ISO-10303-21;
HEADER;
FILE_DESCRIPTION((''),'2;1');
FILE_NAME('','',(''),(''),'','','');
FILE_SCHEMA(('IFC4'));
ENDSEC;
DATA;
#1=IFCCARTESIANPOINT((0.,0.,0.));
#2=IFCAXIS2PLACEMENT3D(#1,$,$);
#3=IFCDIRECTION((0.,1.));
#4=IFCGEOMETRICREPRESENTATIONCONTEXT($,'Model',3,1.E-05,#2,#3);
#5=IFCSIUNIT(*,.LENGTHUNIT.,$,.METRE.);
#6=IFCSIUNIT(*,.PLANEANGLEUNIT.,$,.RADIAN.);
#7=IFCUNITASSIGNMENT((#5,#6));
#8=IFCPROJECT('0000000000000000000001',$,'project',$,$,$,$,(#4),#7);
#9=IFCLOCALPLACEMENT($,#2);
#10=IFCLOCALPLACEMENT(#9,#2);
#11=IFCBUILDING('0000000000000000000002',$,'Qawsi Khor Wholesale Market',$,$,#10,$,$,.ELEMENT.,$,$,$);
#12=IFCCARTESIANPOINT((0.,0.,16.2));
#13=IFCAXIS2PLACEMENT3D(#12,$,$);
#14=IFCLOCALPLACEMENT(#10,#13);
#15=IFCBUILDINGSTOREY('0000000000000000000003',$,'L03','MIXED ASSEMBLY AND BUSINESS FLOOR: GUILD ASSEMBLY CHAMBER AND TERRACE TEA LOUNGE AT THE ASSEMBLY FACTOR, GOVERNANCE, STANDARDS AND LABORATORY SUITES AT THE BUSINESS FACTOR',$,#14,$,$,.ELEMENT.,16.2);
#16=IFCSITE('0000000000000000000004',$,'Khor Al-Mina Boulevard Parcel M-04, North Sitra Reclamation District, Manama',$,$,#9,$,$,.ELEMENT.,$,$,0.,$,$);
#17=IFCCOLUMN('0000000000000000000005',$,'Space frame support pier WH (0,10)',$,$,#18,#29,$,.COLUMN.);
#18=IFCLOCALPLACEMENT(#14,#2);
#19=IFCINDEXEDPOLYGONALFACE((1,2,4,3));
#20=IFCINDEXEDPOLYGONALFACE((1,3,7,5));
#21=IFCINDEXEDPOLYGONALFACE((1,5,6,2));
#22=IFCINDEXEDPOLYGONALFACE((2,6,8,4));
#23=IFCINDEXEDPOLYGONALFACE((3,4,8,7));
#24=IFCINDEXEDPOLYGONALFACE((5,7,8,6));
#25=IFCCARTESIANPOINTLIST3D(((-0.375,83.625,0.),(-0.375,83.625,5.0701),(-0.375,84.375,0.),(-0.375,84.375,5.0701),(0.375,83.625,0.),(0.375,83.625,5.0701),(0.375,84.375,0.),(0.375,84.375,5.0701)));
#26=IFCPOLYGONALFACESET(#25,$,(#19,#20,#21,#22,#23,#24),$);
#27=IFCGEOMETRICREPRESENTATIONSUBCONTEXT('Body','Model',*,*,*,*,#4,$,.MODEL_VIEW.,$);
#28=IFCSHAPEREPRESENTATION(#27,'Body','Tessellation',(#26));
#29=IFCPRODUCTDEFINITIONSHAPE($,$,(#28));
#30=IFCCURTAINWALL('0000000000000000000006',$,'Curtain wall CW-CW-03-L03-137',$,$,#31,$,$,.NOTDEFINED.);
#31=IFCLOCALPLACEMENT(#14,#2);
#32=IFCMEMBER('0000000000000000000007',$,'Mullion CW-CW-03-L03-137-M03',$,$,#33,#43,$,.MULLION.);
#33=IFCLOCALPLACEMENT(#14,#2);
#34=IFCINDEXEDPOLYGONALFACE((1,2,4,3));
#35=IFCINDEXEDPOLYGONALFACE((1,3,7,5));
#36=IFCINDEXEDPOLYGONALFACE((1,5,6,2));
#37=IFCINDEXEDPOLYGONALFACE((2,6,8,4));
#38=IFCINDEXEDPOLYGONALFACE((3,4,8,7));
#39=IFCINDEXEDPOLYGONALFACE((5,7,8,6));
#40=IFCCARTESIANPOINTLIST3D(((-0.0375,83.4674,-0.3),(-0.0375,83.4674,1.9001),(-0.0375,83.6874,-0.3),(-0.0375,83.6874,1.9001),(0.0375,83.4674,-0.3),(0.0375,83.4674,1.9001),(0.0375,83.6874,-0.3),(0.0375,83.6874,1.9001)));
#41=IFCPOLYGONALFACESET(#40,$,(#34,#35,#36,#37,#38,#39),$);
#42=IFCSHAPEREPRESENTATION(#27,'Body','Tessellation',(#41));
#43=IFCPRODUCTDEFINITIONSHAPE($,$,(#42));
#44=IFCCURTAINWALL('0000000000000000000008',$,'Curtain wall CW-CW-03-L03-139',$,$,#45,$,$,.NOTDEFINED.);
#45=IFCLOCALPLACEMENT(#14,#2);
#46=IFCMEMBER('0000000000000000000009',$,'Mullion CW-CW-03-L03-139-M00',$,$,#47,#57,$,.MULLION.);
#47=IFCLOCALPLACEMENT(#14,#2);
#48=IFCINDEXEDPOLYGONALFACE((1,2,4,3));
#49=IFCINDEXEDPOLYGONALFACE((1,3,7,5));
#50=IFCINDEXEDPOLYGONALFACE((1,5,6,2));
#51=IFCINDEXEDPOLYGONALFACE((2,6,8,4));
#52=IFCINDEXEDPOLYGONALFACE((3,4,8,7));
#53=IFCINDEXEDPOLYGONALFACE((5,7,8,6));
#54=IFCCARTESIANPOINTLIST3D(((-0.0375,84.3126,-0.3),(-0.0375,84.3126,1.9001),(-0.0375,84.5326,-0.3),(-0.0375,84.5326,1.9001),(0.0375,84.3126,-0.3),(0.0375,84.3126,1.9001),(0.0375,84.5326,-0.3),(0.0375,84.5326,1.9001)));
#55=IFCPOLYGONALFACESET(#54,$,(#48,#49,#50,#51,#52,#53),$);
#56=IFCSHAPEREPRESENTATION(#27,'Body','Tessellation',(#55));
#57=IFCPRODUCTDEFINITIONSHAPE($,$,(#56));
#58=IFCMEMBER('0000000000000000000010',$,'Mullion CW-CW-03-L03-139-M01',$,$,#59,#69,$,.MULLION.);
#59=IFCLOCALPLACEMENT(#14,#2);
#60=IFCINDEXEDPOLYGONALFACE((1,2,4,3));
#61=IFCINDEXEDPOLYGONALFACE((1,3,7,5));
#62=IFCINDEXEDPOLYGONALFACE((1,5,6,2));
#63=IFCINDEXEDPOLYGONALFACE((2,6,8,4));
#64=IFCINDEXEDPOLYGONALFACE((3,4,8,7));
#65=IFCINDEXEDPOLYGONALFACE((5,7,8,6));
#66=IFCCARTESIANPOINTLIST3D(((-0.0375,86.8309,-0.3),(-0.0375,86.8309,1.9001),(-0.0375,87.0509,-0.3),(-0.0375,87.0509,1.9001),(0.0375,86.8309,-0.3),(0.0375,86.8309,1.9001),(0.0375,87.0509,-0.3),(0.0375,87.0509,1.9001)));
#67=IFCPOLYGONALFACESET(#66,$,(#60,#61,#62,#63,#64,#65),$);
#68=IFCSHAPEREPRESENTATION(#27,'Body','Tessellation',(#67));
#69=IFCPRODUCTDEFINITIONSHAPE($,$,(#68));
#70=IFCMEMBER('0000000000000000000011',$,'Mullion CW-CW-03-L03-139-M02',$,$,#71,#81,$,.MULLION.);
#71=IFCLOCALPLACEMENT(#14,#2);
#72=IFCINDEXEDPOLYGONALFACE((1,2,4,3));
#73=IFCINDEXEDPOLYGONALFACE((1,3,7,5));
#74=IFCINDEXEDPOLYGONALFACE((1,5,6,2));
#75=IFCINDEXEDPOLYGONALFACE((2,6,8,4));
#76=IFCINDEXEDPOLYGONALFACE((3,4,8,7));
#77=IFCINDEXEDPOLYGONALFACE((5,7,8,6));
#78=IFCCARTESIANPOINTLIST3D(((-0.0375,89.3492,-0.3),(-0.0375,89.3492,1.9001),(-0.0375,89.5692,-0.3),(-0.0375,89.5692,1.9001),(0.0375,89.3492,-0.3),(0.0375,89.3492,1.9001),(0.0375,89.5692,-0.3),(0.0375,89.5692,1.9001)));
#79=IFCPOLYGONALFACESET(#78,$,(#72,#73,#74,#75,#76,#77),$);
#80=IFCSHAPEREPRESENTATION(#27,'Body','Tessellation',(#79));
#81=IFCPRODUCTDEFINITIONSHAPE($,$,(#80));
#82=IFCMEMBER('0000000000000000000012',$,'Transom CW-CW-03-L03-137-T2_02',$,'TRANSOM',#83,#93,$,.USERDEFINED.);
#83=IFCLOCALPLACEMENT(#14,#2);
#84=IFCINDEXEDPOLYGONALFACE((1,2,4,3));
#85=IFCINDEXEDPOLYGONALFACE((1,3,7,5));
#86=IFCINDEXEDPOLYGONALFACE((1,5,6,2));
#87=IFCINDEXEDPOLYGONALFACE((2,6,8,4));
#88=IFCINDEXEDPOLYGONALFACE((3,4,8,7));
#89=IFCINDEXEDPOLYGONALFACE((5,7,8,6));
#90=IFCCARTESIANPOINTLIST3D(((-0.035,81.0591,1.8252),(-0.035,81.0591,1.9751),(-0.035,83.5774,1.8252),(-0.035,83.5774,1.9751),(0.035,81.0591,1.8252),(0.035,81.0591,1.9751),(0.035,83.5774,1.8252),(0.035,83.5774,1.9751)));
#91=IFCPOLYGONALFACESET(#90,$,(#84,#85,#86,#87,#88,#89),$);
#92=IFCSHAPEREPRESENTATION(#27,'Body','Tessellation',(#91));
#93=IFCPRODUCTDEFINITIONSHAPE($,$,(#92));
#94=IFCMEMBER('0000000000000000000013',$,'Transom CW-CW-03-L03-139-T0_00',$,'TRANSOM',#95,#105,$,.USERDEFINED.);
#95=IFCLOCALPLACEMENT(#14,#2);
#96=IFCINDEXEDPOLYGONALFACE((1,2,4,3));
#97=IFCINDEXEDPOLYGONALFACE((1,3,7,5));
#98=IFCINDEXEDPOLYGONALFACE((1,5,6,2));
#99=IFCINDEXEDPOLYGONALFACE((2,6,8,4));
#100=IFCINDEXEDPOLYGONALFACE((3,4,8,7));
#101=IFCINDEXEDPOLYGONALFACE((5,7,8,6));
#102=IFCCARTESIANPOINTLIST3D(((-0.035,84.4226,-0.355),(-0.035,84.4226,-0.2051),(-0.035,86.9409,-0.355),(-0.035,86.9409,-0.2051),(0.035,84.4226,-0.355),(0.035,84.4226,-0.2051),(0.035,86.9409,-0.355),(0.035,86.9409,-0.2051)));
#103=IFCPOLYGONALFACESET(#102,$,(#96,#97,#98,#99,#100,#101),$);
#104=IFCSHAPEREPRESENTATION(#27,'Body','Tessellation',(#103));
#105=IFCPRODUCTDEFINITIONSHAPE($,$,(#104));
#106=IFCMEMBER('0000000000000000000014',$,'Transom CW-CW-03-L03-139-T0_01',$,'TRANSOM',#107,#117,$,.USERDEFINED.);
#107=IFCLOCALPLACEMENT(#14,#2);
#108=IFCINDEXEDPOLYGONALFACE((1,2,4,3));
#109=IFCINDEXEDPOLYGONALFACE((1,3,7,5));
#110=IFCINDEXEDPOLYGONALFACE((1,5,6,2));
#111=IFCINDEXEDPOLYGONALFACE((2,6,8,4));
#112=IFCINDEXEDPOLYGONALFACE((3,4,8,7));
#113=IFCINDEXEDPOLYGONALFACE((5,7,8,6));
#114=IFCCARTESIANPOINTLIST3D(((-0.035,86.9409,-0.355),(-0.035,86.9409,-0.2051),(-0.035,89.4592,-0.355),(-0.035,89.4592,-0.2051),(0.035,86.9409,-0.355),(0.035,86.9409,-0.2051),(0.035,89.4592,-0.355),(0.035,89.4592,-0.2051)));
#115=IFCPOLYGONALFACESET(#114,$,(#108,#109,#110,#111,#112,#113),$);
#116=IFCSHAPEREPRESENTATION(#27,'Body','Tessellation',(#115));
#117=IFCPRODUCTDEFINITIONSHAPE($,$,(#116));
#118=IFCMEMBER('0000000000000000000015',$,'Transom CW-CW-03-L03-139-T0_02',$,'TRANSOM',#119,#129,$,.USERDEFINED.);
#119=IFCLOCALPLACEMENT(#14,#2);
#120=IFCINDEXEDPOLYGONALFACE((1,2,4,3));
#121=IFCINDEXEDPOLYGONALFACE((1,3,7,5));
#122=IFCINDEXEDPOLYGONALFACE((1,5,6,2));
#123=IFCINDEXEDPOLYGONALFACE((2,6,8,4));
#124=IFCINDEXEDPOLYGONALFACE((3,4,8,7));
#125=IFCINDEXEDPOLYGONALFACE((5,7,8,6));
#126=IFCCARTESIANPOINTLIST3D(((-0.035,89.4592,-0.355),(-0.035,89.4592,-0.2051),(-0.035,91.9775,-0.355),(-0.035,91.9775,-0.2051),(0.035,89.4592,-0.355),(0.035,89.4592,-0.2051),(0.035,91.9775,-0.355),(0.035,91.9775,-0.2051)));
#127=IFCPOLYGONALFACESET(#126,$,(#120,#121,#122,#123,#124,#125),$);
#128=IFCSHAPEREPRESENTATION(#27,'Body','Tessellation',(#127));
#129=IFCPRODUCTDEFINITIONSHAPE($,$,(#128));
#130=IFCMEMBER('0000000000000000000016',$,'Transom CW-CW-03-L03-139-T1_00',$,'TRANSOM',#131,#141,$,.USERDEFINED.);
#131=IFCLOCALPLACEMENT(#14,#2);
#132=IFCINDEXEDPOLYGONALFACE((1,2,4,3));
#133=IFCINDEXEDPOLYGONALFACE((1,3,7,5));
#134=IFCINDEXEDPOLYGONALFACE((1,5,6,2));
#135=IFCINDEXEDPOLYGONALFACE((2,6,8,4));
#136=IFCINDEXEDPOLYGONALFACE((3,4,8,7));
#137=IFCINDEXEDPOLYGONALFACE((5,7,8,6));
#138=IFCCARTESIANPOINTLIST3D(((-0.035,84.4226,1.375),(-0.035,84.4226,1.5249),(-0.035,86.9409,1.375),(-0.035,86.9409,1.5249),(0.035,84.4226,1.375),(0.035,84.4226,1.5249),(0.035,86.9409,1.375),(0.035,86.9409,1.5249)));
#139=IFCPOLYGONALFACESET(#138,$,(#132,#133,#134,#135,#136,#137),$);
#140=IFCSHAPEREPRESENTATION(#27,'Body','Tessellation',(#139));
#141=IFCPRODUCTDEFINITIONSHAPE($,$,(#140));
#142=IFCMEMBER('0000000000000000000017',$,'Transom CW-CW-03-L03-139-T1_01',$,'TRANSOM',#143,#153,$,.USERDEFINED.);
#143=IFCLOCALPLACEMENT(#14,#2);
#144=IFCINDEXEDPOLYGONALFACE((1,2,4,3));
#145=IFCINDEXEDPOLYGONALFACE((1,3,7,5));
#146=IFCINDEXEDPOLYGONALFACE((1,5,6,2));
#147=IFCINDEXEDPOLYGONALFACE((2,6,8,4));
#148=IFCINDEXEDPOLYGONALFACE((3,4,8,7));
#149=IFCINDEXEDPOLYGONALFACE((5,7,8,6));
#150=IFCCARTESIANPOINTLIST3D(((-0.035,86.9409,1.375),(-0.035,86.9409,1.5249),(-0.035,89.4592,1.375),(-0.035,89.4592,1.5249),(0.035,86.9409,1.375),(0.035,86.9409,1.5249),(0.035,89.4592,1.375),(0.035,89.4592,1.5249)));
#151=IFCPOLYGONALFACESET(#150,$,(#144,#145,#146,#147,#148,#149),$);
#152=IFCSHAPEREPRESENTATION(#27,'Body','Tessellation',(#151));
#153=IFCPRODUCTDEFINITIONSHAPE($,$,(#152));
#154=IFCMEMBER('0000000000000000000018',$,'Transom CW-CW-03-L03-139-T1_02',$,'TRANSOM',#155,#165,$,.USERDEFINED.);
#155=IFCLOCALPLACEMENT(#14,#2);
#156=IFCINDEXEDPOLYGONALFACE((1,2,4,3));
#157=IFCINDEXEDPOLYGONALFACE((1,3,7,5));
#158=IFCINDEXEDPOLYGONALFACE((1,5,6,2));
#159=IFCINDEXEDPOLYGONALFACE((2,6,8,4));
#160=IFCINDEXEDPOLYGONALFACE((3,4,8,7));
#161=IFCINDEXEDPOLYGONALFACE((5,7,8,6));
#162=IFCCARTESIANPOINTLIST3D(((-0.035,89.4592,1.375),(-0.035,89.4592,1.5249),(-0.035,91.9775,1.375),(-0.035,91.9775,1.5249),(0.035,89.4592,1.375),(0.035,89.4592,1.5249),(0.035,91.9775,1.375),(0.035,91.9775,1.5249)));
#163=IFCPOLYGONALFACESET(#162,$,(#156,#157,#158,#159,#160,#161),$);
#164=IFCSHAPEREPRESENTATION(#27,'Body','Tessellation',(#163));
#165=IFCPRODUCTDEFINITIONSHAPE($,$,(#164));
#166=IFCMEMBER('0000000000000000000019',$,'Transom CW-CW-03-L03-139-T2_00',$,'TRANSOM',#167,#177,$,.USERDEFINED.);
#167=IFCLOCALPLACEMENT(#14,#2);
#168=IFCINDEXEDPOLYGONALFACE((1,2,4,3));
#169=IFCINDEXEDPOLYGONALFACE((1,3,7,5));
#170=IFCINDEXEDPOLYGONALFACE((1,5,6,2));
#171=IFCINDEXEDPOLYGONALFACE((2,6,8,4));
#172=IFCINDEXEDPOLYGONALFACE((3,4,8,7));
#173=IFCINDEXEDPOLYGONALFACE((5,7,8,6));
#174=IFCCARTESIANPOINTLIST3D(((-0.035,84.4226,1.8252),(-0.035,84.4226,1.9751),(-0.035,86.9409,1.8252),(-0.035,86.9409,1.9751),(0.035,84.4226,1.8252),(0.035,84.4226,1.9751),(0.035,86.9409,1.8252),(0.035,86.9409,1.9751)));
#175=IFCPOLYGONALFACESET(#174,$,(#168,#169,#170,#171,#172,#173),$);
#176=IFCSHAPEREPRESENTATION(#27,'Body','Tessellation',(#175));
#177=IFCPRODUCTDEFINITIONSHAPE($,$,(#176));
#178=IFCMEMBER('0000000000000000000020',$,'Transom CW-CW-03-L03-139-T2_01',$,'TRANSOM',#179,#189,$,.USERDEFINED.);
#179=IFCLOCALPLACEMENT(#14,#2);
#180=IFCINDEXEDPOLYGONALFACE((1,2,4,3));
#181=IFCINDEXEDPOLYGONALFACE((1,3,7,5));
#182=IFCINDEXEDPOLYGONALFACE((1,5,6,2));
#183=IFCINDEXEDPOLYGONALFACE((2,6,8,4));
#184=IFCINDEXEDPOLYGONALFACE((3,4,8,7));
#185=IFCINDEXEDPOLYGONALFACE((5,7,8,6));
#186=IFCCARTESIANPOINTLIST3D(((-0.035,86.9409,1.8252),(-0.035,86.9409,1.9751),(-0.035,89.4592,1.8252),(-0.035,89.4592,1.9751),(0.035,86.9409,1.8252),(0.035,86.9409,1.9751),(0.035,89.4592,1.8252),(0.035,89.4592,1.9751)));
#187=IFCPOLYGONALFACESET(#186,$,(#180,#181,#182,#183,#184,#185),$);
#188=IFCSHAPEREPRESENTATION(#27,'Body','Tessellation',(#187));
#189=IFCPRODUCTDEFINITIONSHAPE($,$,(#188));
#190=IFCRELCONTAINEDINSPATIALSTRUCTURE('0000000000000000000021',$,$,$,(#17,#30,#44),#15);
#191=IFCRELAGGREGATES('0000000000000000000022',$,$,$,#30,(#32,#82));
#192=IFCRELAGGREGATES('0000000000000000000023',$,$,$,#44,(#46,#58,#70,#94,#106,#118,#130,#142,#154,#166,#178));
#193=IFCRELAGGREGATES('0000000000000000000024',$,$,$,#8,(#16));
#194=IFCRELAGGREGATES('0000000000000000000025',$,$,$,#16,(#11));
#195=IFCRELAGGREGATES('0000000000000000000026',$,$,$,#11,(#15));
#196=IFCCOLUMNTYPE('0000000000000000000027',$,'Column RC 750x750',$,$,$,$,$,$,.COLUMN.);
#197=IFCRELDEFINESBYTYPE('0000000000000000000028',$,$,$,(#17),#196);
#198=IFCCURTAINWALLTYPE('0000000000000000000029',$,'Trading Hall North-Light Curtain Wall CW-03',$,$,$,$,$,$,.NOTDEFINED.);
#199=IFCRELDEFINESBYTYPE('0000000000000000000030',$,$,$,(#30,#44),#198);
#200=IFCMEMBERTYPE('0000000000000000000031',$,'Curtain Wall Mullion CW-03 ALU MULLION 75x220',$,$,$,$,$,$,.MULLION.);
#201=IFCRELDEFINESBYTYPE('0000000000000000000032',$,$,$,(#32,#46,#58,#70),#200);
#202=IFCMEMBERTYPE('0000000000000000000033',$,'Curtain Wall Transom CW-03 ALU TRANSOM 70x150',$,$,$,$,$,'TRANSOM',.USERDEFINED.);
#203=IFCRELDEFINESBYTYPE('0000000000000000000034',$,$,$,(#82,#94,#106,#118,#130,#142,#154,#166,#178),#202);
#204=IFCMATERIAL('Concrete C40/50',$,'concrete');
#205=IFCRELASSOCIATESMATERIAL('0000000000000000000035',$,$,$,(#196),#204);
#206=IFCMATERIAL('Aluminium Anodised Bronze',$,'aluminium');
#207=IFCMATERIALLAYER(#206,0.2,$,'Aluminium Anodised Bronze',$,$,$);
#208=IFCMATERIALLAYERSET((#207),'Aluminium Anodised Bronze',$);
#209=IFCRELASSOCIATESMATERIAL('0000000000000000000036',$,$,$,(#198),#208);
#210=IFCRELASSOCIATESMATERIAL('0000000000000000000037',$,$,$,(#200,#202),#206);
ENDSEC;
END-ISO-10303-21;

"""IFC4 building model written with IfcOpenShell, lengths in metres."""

from ifc_helpers import new_model, si_unit, direction, frame, origin, origin_2d, place, context, subcontext, project, spatial, rectangle, extrude, material, layer, layer_set, material_profile, profile_set, type_object, element, aggregate, save


model = new_model("IFC4")

# Units and contexts
model_context = context("Model", 3, precision=1e-05, world=origin(), true_north=direction((0.0, 1.0)))
body_context = subcontext(model_context, "Body", "Model", "MODEL_VIEW")
ifc_project = project(units=[si_unit("LENGTHUNIT", "METRE"), si_unit("PLANEANGLEUNIT", "RADIAN")], contexts=[model_context])

# Site, building, storey
site_placement = place(None, origin())
site = spatial("IfcSite", under=ifc_project, at=site_placement, Name="Khor Al-Mina Boulevard Parcel M-04, North Sitra Reclamation District, Manama", CompositionType="ELEMENT", RefElevation=0.0)
building_placement = place(site_placement, origin())
building = spatial("IfcBuilding", under=site, at=building_placement, Name="Qawsi Khor Wholesale Market", CompositionType="ELEMENT")
storey_placement = place(building_placement, frame((0.0, 0.0, 16.2)))
storey = spatial("IfcBuildingStorey", under=building, at=storey_placement, Name="L03", Description="MIXED ASSEMBLY AND BUSINESS FLOOR: GUILD ASSEMBLY CHAMBER AND TERRACE TEA LOUNGE AT THE ASSEMBLY FACTOR, GOVERNANCE, STANDARDS AND LABORATORY SUITES AT THE BUSINESS FACTOR", CompositionType="ELEMENT", Elevation=16.2)

# Column
ifc_material_1 = material(Name="Concrete C40/50", Category="concrete")
ifc_material_profile_1 = material_profile(ifc_material_1, rectangle(XDim=0.75, YDim=0.75, at=origin_2d()), Name="RC 750x750")
ifc_profile_set_1 = profile_set([ifc_material_profile_1], Name="Concrete C40/50")
column_type = type_object("IfcColumnType", Name="Column RC 750x750", PredefinedType="COLUMN", material=ifc_profile_set_1)
column_placement = place(storey_placement, frame((0.0, 84.0, 0.0), z_axis=(0.0, 0.0, 1.0), x_axis=(1.0, 0.0, 0.0)))
element("IfcColumn", 1, at=column_placement, inside=storey, type_object=column_type, Name="Space frame support pier WH (0,10)", PredefinedType="COLUMN", context=body_context, shape_type="SweptSolid", body=[
    extrude(rectangle(XDim=0.75, YDim=0.75, at=origin_2d()), origin(), (0.0, 0.0, 1.0), 5.0701),
])

# Curtain wall, member
ifc_material_2 = material(Name="Aluminium Anodised Bronze", Category="aluminium")
ifc_layer_1 = layer(ifc_material_2, 0.2, Name="Aluminium Anodised Bronze")
ifc_layer_set_1 = layer_set([ifc_layer_1], Name="Aluminium Anodised Bronze")
curtain_wall_type = type_object("IfcCurtainWallType", Name="Trading Hall North-Light Curtain Wall CW-03", PredefinedType="NOTDEFINED", material=ifc_layer_set_1)
curtain_wall_1_placement = place(storey_placement, origin())
curtain_wall_1 = element("IfcCurtainWall", 2, at=curtain_wall_1_placement, inside=storey, type_object=curtain_wall_type, Name="Curtain wall CW-CW-03-L03-137", PredefinedType="NOTDEFINED")
ifc_material_profile_2 = material_profile(ifc_material_2, rectangle(XDim=0.075, YDim=0.22, at=origin_2d()), Name="ALU MULLION 75x220")
ifc_profile_set_2 = profile_set([ifc_material_profile_2], Name="Aluminium Anodised Bronze")
member_type_1 = type_object("IfcMemberType", Name="Curtain Wall Mullion CW-03 ALU MULLION 75x220", PredefinedType="MULLION", material=ifc_profile_set_2)
member_1_placement = place(storey_placement, frame((0.0, 83.5774, -0.3), z_axis=(0.0, 0.0, 1.0), x_axis=(1.0, 0.0, 0.0)))
member_1 = element("IfcMember", 3, at=member_1_placement, type_object=member_type_1, Name="Mullion CW-CW-03-L03-137-M03", PredefinedType="MULLION", context=body_context, shape_type="SweptSolid", body=[
    extrude(rectangle(XDim=0.075, YDim=0.22, at=origin_2d()), origin(), (0.0, 0.0, 1.0), 2.2002),
])

# Curtain wall, members
curtain_wall_2_placement = place(storey_placement, origin())
curtain_wall_2 = element("IfcCurtainWall", 4, at=curtain_wall_2_placement, inside=storey, type_object=curtain_wall_type, Name="Curtain wall CW-CW-03-L03-139", PredefinedType="NOTDEFINED")
member_2_placement = place(storey_placement, frame((0.0, 84.4226, -0.3), z_axis=(0.0, 0.0, 1.0), x_axis=(1.0, 0.0, 0.0)))
member_2 = element("IfcMember", 5, at=member_2_placement, type_object=member_type_1, Name="Mullion CW-CW-03-L03-139-M00", PredefinedType="MULLION", context=body_context, shape_type="SweptSolid", body=[
    extrude(rectangle(XDim=0.075, YDim=0.22, at=origin_2d()), origin(), (0.0, 0.0, 1.0), 2.2002),
])
member_3_placement = place(storey_placement, frame((0.0, 86.9409, -0.3), z_axis=(0.0, 0.0, 1.0), x_axis=(1.0, 0.0, 0.0)))
member_3 = element("IfcMember", 6, at=member_3_placement, type_object=member_type_1, Name="Mullion CW-CW-03-L03-139-M01", PredefinedType="MULLION", context=body_context, shape_type="SweptSolid", body=[
    extrude(rectangle(XDim=0.075, YDim=0.22, at=origin_2d()), origin(), (0.0, 0.0, 1.0), 2.2002),
])
member_4_placement = place(storey_placement, frame((0.0, 89.4592, -0.3), z_axis=(0.0, 0.0, 1.0), x_axis=(1.0, 0.0, 0.0)))
member_4 = element("IfcMember", 7, at=member_4_placement, type_object=member_type_1, Name="Mullion CW-CW-03-L03-139-M02", PredefinedType="MULLION", context=body_context, shape_type="SweptSolid", body=[
    extrude(rectangle(XDim=0.075, YDim=0.22, at=origin_2d()), origin(), (0.0, 0.0, 1.0), 2.2002),
])

# Members
ifc_material_profile_3 = material_profile(ifc_material_2, rectangle(XDim=0.0701, YDim=0.1499, at=origin_2d()), Name="ALU TRANSOM 70x150")
ifc_profile_set_3 = profile_set([ifc_material_profile_3], Name="Aluminium Anodised Bronze")
member_type_2 = type_object("IfcMemberType", Name="Curtain Wall Transom CW-03 ALU TRANSOM 70x150", ElementType="TRANSOM", PredefinedType="USERDEFINED", material=ifc_profile_set_3)
member_5_placement = place(storey_placement, frame((0.0, 81.0591, 1.9001), z_axis=(0.0, 1.0, 0.0), x_axis=(-1.0, 0.0, 0.0)))
member_5 = element("IfcMember", 8, at=member_5_placement, type_object=member_type_2, Name="Transom CW-CW-03-L03-137-T2_02", ObjectType="TRANSOM", PredefinedType="USERDEFINED", context=body_context, shape_type="SweptSolid", body=[
    extrude(rectangle(XDim=0.0701, YDim=0.1499, at=origin_2d()), origin(), (0.0, 0.0, 1.0), 2.5183),
])
member_6_placement = place(storey_placement, frame((0.0, 84.4226, -0.28), z_axis=(0.0, 1.0, 0.0), x_axis=(-1.0, 0.0, 0.0)))
member_6 = element("IfcMember", 9, at=member_6_placement, type_object=member_type_2, Name="Transom CW-CW-03-L03-139-T0_00", ObjectType="TRANSOM", PredefinedType="USERDEFINED", context=body_context, shape_type="SweptSolid", body=[
    extrude(rectangle(XDim=0.0701, YDim=0.1499, at=origin_2d()), origin(), (0.0, 0.0, 1.0), 2.5183),
])
member_7_placement = place(storey_placement, frame((0.0, 86.9409, -0.28), z_axis=(0.0, 1.0, 0.0), x_axis=(-1.0, 0.0, 0.0)))
member_7 = element("IfcMember", 10, at=member_7_placement, type_object=member_type_2, Name="Transom CW-CW-03-L03-139-T0_01", ObjectType="TRANSOM", PredefinedType="USERDEFINED", context=body_context, shape_type="SweptSolid", body=[
    extrude(rectangle(XDim=0.0701, YDim=0.1499, at=origin_2d()), origin(), (0.0, 0.0, 1.0), 2.5183),
])
member_8_placement = place(storey_placement, frame((0.0, 89.4592, -0.28), z_axis=(0.0, 1.0, 0.0), x_axis=(-1.0, 0.0, 0.0)))
member_8 = element("IfcMember", 11, at=member_8_placement, type_object=member_type_2, Name="Transom CW-CW-03-L03-139-T0_02", ObjectType="TRANSOM", PredefinedType="USERDEFINED", context=body_context, shape_type="SweptSolid", body=[
    extrude(rectangle(XDim=0.0701, YDim=0.1499, at=origin_2d()), origin(), (0.0, 0.0, 1.0), 2.5183),
])
member_9_placement = place(storey_placement, frame((0.0, 84.4226, 1.45), z_axis=(0.0, 1.0, 0.0), x_axis=(-1.0, 0.0, 0.0)))
member_9 = element("IfcMember", 12, at=member_9_placement, type_object=member_type_2, Name="Transom CW-CW-03-L03-139-T1_00", ObjectType="TRANSOM", PredefinedType="USERDEFINED", context=body_context, shape_type="SweptSolid", body=[
    extrude(rectangle(XDim=0.0701, YDim=0.1499, at=origin_2d()), origin(), (0.0, 0.0, 1.0), 2.5183),
])
member_10_placement = place(storey_placement, frame((0.0, 86.9409, 1.45), z_axis=(0.0, 1.0, 0.0), x_axis=(-1.0, 0.0, 0.0)))
member_10 = element("IfcMember", 13, at=member_10_placement, type_object=member_type_2, Name="Transom CW-CW-03-L03-139-T1_01", ObjectType="TRANSOM", PredefinedType="USERDEFINED", context=body_context, shape_type="SweptSolid", body=[
    extrude(rectangle(XDim=0.0701, YDim=0.1499, at=origin_2d()), origin(), (0.0, 0.0, 1.0), 2.5183),
])
member_11_placement = place(storey_placement, frame((0.0, 89.4592, 1.45), z_axis=(0.0, 1.0, 0.0), x_axis=(-1.0, 0.0, 0.0)))
member_11 = element("IfcMember", 14, at=member_11_placement, type_object=member_type_2, Name="Transom CW-CW-03-L03-139-T1_02", ObjectType="TRANSOM", PredefinedType="USERDEFINED", context=body_context, shape_type="SweptSolid", body=[
    extrude(rectangle(XDim=0.0701, YDim=0.1499, at=origin_2d()), origin(), (0.0, 0.0, 1.0), 2.5183),
])
member_12_placement = place(storey_placement, frame((0.0, 84.4226, 1.9001), z_axis=(0.0, 1.0, 0.0), x_axis=(-1.0, 0.0, 0.0)))
member_12 = element("IfcMember", 15, at=member_12_placement, type_object=member_type_2, Name="Transom CW-CW-03-L03-139-T2_00", ObjectType="TRANSOM", PredefinedType="USERDEFINED", context=body_context, shape_type="SweptSolid", body=[
    extrude(rectangle(XDim=0.0701, YDim=0.1499, at=origin_2d()), origin(), (0.0, 0.0, 1.0), 2.5183),
])
member_13_placement = place(storey_placement, frame((0.0, 86.9409, 1.9001), z_axis=(0.0, 1.0, 0.0), x_axis=(-1.0, 0.0, 0.0)))
member_13 = element("IfcMember", 16, at=member_13_placement, type_object=member_type_2, Name="Transom CW-CW-03-L03-139-T2_01", ObjectType="TRANSOM", PredefinedType="USERDEFINED", context=body_context, shape_type="SweptSolid", body=[
    extrude(rectangle(XDim=0.0701, YDim=0.1499, at=origin_2d()), origin(), (0.0, 0.0, 1.0), 2.5183),
])

aggregate(curtain_wall_1, [member_1, member_5])
aggregate(curtain_wall_2, [member_2, member_3, member_4, member_6, member_7, member_8, member_9, member_10, member_11, member_12, member_13])

save(model, "model.ifc")
